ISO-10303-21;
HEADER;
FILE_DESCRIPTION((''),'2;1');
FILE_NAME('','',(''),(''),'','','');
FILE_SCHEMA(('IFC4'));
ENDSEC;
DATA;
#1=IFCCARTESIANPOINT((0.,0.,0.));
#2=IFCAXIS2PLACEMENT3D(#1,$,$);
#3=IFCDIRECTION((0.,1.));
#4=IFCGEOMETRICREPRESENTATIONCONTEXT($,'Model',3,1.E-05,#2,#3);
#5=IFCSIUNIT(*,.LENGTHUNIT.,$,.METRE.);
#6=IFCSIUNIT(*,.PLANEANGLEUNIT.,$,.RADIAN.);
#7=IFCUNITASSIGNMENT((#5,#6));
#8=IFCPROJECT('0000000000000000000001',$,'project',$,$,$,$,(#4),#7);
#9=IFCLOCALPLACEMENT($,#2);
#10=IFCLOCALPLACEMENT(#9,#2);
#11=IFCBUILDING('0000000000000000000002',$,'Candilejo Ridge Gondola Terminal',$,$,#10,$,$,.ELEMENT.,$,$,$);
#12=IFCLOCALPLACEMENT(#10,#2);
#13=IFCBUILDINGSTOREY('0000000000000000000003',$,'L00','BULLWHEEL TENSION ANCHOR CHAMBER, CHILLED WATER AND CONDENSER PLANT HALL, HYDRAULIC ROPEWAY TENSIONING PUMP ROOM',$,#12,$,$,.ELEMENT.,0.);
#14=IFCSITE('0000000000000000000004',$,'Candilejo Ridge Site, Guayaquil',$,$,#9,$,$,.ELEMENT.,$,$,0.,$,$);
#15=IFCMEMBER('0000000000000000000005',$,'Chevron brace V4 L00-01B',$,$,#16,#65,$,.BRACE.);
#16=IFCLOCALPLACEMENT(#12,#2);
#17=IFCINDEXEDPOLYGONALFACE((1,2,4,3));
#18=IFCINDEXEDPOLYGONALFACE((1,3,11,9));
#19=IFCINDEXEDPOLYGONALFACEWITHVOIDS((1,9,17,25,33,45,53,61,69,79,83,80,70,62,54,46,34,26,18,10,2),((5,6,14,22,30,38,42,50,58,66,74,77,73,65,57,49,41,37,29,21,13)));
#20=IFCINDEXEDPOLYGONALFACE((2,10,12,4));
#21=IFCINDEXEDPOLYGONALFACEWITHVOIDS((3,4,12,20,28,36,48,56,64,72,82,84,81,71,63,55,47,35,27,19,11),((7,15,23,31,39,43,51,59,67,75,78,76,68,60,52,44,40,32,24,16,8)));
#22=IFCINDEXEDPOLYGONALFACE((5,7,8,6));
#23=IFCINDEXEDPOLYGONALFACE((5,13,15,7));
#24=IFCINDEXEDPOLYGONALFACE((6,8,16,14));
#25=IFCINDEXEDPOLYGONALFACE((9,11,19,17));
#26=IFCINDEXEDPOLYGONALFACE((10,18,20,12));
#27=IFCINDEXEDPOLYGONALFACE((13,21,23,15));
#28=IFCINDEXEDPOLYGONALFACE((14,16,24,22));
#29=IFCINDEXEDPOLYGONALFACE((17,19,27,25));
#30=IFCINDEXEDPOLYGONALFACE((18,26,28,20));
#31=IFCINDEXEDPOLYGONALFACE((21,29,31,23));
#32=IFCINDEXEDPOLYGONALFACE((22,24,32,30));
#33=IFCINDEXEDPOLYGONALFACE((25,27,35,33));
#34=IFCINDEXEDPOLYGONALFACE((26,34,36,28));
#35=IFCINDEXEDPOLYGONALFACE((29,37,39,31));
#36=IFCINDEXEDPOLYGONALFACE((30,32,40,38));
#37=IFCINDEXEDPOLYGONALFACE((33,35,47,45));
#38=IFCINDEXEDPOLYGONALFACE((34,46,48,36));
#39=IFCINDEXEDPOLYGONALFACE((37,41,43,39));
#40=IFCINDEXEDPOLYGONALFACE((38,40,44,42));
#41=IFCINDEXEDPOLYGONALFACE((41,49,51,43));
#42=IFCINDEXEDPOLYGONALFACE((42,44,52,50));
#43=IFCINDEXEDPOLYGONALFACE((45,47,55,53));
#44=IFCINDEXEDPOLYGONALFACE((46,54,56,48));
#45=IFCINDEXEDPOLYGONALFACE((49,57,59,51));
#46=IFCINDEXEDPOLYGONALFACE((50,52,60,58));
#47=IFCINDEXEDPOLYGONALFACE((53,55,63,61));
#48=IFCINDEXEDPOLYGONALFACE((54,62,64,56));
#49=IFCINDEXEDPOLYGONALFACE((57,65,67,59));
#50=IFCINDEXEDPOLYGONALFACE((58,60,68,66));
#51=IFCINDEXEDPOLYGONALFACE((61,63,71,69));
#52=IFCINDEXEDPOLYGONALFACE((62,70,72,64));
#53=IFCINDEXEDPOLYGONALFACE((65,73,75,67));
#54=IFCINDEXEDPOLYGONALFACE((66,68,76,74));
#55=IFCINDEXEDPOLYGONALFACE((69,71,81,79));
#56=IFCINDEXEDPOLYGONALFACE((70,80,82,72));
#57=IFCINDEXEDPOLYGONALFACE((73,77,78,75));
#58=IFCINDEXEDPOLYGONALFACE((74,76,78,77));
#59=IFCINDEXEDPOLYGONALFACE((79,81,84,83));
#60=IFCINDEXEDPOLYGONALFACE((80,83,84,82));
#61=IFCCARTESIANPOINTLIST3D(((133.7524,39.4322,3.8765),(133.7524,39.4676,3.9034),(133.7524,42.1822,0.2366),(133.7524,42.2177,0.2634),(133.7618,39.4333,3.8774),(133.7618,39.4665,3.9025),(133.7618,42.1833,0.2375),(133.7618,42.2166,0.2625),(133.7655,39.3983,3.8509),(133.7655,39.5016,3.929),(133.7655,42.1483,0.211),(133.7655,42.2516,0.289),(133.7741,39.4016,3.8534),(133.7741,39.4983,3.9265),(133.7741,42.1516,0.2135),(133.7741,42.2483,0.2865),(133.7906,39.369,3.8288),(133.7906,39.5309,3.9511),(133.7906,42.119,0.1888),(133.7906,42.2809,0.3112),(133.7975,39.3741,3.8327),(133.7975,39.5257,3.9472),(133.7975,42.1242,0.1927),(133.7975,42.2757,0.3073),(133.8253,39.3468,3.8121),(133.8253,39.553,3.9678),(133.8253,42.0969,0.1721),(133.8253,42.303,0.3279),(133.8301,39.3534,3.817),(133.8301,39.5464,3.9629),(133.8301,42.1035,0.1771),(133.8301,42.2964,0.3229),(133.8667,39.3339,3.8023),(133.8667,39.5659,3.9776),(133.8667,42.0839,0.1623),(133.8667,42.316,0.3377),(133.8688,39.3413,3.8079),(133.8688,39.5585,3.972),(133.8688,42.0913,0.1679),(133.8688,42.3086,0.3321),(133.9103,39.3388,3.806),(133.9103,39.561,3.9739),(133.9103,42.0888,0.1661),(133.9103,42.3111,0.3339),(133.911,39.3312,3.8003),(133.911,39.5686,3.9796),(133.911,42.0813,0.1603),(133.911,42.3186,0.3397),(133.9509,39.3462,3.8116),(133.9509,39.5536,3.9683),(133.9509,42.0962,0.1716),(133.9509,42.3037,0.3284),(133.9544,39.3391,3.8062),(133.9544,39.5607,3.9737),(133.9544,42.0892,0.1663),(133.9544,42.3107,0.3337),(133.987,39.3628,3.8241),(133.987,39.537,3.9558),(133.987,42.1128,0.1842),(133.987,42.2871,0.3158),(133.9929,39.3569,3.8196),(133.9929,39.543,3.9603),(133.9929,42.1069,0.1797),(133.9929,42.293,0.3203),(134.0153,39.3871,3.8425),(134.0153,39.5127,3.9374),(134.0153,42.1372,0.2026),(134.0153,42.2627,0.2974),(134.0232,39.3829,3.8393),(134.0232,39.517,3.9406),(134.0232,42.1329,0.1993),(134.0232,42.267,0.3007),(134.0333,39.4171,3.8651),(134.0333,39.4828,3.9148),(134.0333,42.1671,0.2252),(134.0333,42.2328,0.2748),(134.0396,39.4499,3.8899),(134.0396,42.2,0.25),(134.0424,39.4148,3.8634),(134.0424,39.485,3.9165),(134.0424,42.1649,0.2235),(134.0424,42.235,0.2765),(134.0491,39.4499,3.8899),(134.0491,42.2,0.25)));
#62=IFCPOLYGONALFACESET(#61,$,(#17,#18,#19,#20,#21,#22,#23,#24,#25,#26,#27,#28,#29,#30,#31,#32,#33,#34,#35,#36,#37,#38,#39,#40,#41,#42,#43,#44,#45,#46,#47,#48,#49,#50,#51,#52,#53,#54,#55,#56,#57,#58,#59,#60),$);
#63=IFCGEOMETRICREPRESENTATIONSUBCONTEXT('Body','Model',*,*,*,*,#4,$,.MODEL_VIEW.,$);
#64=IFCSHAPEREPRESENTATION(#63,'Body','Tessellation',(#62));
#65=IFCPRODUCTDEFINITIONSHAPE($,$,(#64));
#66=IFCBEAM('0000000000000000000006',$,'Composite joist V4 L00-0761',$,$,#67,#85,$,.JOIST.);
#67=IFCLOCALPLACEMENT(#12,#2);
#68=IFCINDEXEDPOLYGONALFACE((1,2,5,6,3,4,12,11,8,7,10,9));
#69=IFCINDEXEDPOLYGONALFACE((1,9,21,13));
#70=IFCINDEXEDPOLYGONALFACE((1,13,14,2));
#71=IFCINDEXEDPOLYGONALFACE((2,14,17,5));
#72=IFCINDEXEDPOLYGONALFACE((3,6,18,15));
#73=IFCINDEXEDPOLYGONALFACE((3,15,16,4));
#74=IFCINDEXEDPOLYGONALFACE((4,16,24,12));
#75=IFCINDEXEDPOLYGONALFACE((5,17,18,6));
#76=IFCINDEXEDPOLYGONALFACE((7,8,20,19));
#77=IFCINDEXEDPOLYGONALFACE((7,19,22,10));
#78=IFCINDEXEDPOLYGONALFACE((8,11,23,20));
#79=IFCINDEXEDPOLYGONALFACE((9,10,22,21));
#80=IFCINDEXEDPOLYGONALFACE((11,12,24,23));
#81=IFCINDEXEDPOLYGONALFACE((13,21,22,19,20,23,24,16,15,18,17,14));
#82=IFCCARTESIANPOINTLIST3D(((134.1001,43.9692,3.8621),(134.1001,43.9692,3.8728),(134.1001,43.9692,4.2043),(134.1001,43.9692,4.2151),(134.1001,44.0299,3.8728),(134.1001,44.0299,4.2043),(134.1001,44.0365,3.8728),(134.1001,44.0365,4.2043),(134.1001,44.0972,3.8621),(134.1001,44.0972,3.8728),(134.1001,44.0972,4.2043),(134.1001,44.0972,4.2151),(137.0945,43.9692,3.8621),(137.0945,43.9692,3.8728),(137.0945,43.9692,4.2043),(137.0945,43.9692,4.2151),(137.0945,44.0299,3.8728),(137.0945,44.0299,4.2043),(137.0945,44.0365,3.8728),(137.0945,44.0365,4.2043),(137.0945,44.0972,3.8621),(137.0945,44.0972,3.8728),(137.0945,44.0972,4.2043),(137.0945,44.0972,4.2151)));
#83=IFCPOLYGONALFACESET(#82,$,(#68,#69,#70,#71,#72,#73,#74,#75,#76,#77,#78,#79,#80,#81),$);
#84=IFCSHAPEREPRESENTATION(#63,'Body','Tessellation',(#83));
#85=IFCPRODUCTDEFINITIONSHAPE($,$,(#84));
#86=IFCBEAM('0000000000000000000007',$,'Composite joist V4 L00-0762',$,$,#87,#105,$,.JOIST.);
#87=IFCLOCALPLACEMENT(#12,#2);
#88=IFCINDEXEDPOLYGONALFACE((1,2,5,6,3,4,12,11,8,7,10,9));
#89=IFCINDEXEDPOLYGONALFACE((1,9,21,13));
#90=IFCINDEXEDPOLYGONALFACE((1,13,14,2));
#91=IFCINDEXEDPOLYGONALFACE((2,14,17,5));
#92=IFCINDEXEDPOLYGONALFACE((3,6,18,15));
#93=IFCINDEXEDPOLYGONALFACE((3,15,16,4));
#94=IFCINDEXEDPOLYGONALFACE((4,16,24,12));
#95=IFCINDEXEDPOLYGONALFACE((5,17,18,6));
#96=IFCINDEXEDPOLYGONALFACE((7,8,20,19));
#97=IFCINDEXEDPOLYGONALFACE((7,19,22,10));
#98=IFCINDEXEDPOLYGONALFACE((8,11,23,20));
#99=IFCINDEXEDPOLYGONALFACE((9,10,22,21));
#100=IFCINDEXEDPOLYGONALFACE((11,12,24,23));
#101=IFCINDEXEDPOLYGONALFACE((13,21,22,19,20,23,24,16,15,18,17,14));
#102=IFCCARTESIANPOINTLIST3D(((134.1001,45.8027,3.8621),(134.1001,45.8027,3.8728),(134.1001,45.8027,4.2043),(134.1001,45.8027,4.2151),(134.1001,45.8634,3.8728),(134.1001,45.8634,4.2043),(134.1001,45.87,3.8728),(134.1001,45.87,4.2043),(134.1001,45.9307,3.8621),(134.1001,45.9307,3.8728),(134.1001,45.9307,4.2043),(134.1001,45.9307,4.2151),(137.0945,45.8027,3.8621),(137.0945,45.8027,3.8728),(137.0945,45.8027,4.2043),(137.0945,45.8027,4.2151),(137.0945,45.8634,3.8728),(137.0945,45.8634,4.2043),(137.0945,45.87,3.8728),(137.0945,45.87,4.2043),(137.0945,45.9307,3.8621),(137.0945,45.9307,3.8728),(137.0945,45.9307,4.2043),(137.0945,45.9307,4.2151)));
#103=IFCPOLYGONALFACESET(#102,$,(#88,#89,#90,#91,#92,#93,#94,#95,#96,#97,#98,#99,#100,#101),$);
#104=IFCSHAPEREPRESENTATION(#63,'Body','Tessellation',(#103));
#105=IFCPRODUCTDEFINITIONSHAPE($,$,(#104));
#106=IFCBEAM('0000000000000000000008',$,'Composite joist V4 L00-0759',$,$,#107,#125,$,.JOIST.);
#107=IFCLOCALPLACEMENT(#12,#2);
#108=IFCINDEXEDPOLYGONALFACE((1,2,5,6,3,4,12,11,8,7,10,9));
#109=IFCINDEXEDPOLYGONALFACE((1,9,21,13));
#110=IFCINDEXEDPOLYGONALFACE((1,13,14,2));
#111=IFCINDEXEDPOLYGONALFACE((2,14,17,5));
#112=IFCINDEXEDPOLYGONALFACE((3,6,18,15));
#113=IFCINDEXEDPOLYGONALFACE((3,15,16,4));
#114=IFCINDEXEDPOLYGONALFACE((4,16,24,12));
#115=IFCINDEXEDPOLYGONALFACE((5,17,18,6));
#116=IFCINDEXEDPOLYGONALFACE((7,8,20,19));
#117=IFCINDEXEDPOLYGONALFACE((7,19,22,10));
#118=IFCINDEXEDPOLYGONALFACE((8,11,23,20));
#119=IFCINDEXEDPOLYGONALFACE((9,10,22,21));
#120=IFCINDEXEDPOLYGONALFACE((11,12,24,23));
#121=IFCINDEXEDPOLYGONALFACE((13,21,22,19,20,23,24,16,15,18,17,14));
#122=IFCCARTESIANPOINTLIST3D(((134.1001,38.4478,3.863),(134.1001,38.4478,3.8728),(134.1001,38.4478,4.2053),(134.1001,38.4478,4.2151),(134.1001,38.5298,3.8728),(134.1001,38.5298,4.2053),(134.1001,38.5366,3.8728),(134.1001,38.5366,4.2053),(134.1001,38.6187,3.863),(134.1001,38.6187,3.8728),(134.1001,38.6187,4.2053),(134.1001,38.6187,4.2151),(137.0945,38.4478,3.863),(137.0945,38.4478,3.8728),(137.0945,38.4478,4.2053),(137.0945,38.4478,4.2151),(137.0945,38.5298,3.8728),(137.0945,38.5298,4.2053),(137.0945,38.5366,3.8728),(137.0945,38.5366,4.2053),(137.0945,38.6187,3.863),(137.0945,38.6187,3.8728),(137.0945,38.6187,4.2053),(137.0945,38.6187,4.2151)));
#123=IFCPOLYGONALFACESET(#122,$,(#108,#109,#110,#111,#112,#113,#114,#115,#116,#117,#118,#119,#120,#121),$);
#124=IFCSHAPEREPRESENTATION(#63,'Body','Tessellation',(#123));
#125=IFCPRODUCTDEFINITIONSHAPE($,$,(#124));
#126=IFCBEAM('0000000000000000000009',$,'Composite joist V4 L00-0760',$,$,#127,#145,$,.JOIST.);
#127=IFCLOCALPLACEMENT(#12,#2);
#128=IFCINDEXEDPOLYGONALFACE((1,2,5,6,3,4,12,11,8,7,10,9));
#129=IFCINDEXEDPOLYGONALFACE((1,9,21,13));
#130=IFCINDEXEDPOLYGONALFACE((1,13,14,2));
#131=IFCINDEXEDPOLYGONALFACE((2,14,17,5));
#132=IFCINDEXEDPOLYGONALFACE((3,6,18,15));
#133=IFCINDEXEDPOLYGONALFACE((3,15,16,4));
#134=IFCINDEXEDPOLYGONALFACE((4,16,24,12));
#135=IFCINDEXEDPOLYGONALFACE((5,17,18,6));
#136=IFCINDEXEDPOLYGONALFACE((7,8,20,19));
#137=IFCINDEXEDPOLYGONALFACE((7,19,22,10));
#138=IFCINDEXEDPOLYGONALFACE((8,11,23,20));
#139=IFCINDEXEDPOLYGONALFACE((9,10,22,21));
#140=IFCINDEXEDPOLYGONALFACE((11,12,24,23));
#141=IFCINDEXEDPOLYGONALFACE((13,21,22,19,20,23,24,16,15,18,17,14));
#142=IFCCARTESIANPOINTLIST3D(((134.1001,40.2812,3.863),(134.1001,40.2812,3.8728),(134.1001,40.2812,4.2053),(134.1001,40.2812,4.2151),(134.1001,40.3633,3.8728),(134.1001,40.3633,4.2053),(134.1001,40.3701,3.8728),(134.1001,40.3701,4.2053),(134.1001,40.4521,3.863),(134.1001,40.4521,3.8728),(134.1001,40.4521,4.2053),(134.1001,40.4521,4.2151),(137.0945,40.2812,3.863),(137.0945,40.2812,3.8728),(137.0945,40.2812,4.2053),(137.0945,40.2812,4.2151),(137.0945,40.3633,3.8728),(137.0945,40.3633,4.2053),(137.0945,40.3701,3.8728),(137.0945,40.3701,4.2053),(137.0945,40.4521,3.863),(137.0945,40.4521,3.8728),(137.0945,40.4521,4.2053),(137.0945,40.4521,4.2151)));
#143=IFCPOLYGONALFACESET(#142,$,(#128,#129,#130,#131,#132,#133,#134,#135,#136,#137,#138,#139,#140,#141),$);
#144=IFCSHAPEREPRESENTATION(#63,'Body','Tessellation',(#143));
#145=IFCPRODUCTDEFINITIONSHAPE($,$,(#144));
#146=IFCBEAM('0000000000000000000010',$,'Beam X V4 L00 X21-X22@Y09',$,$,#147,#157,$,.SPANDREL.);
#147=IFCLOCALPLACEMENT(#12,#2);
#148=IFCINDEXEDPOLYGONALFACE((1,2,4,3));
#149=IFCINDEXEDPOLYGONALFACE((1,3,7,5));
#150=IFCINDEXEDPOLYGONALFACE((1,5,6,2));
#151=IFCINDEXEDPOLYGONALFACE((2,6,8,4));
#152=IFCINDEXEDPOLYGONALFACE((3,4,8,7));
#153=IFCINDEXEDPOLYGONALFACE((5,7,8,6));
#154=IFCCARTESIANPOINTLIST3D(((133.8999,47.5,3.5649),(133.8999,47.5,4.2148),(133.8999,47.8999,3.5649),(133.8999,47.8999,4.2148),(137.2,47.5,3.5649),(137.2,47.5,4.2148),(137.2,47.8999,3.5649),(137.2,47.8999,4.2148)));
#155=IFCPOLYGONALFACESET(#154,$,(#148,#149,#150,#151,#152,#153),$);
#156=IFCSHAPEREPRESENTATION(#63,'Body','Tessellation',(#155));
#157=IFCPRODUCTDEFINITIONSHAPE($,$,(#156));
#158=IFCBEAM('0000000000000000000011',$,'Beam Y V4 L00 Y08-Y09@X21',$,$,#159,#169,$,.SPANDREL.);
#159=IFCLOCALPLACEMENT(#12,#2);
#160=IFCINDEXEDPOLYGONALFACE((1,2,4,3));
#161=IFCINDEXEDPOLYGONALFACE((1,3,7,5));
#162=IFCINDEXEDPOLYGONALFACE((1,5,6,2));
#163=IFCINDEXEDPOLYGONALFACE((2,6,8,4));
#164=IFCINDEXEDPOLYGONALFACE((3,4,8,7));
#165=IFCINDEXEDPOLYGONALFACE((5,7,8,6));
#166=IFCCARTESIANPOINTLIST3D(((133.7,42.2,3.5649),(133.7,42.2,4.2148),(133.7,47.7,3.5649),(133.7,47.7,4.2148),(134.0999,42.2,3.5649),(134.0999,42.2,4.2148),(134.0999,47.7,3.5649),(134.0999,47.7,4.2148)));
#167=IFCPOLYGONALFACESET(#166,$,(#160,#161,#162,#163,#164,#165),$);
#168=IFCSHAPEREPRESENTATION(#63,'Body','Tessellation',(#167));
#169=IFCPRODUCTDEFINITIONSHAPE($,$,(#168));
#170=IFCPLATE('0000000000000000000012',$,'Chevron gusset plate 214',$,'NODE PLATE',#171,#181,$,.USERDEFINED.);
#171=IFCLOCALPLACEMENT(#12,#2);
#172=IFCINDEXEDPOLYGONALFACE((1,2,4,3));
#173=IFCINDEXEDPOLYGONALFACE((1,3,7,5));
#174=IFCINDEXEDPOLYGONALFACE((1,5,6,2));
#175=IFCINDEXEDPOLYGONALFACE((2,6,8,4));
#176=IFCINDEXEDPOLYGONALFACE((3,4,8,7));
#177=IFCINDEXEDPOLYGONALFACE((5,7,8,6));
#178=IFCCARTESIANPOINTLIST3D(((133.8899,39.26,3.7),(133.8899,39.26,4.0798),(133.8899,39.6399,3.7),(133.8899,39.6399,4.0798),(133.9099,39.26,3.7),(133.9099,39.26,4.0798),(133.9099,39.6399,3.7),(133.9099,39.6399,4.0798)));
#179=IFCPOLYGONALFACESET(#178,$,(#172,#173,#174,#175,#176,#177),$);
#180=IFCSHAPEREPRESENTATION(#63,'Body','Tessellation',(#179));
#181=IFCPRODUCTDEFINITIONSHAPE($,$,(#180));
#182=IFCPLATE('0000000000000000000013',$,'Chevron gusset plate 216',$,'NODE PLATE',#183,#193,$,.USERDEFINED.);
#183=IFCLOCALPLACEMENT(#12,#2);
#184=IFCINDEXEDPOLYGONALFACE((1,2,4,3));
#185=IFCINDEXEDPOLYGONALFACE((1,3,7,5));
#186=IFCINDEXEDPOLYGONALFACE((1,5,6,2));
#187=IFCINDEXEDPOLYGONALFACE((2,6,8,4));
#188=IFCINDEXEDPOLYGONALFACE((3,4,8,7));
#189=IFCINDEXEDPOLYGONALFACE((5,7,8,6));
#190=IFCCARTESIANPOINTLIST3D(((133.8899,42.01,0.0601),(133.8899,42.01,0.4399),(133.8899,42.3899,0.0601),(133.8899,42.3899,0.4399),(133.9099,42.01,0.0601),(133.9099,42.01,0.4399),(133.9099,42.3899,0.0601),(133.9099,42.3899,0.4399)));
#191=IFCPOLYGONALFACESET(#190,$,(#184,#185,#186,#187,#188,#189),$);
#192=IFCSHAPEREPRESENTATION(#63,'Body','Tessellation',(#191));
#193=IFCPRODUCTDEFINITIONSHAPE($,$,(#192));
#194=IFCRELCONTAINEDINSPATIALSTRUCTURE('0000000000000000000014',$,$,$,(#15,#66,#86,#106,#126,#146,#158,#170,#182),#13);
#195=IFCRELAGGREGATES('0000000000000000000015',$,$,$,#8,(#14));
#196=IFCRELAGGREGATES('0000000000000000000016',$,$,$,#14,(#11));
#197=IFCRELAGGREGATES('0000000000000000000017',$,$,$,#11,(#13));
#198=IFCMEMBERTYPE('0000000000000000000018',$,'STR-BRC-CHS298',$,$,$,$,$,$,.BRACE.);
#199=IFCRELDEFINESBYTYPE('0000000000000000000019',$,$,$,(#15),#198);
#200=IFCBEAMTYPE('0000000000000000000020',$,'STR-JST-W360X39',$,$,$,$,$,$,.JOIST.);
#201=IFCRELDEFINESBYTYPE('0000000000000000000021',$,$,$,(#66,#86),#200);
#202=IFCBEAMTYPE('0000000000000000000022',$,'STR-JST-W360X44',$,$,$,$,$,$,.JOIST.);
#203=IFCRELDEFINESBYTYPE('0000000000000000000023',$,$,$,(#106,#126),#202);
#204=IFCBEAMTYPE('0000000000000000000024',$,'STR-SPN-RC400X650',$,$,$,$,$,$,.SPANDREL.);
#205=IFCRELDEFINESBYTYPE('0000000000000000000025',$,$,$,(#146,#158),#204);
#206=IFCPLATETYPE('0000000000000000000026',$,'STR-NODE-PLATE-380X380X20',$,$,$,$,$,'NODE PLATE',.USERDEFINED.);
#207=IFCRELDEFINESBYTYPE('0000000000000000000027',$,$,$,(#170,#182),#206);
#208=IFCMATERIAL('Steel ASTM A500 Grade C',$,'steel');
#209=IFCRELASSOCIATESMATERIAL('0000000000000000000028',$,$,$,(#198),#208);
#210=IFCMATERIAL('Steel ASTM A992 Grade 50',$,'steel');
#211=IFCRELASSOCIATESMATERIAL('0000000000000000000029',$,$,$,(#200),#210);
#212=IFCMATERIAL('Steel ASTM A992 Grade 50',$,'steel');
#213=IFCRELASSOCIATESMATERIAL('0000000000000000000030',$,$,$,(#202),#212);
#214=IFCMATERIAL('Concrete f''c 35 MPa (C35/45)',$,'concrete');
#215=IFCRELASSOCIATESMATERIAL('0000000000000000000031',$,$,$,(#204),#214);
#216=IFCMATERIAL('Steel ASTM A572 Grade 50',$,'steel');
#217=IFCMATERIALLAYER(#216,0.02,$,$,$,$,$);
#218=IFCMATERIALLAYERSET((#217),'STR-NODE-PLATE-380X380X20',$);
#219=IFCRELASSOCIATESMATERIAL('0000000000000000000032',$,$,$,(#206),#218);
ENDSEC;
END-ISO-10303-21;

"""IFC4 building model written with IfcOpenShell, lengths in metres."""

from ifc_helpers import new_model, si_unit, direction, frame, origin, origin_2d, place, context, subcontext, project, spatial, rectangle, hollow_circle, i_section, extrude, material, layer, layer_set, material_profile, profile_set, type_object, element, save


model = new_model("IFC4")

# Units and contexts
model_context = context("Model", 3, precision=1e-05, world=origin(), true_north=direction((0.0, 1.0)))
body_context = subcontext(model_context, "Body", "Model", "MODEL_VIEW")
ifc_project = project(units=[si_unit("LENGTHUNIT", "METRE"), si_unit("PLANEANGLEUNIT", "RADIAN")], contexts=[model_context])

# Site, building, storey
site_placement = place(None, origin())
site = spatial("IfcSite", under=ifc_project, at=site_placement, Name="Candilejo Ridge Site, Guayaquil", CompositionType="ELEMENT", RefElevation=0.0)
building_placement = place(site_placement, origin())
building = spatial("IfcBuilding", under=site, at=building_placement, Name="Candilejo Ridge Gondola Terminal", CompositionType="ELEMENT")
storey_placement = place(building_placement, origin())
storey = spatial("IfcBuildingStorey", under=building, at=storey_placement, Name="L00", Description="BULLWHEEL TENSION ANCHOR CHAMBER, CHILLED WATER AND CONDENSER PLANT HALL, HYDRAULIC ROPEWAY TENSIONING PUMP ROOM", CompositionType="ELEMENT", Elevation=0.0)

# Member
ifc_material_1 = material(Name="Steel ASTM A500 Grade C", Category="steel")
ifc_material_profile_1 = material_profile(ifc_material_1, hollow_circle(Radius=0.1492, WallThickness=0.0095, at=origin_2d()))
ifc_profile_set_1 = profile_set([ifc_material_profile_1], Name="Steel ASTM A500 Grade C")
member_type = type_object("IfcMemberType", Name="STR-BRC-CHS298", PredefinedType="BRACE", material=ifc_profile_set_1)
member_placement = place(storey_placement, frame((133.8999, 42.2, 0.25), z_axis=(0.0, -0.602813, 0.797882), x_axis=(1.0, 0.0, 0.0)))
element("IfcMember", 1, at=member_placement, inside=storey, type_object=member_type, Name="Chevron brace V4 L00-01B", PredefinedType="BRACE", context=body_context, shape_type="SweptSolid", body=[
    extrude(hollow_circle(Radius=0.1492, WallThickness=0.0095, at=origin_2d()), origin(), (0.0, 0.0, 1.0), 4.562),
])

# Beams
ifc_material_2 = material(Name="Steel ASTM A992 Grade 50", Category="steel")
ifc_material_profile_2 = material_profile(ifc_material_2, i_section(OverallWidth=0.1279, OverallDepth=0.353, WebThickness=0.0066, FlangeThickness=0.0107, at=origin_2d()))
ifc_profile_set_2 = profile_set([ifc_material_profile_2], Name="Steel ASTM A992 Grade 50")
beam_type_1 = type_object("IfcBeamType", Name="STR-JST-W360X39", PredefinedType="JOIST", material=ifc_profile_set_2)
for number, where, z_axis, x_axis, name in (
    (2, (134.1001, 44.0332, 4.0386), (1.0, 0.0, 0.0), (0.0, 1.0, 0.0), "Composite joist V4 L00-0761"),
    (3, (134.1001, 45.8667, 4.0386), (1.0, 0.0, 0.0), (0.0, 1.0, 0.0), "Composite joist V4 L00-0762"),
):
    element("IfcBeam", number, at=place(storey_placement, frame(where, z_axis=z_axis, x_axis=x_axis)), inside=storey, type_object=beam_type_1, Name=name, PredefinedType="JOIST", context=body_context, shape_type="SweptSolid", body=[
        extrude(i_section(OverallWidth=0.1279, OverallDepth=0.353, WebThickness=0.0066, FlangeThickness=0.0107, at=origin_2d()), origin(), (0.0, 0.0, 1.0), 2.9944),
    ])
ifc_material_3 = material(Name="Steel ASTM A992 Grade 50", Category="steel")
ifc_material_profile_3 = material_profile(ifc_material_3, i_section(OverallWidth=0.1709, OverallDepth=0.3521, WebThickness=0.0068, FlangeThickness=0.0098, at=origin_2d()))
ifc_profile_set_3 = profile_set([ifc_material_profile_3], Name="Steel ASTM A992 Grade 50")
beam_type_2 = type_object("IfcBeamType", Name="STR-JST-W360X44", PredefinedType="JOIST", material=ifc_profile_set_3)
for number, where, z_axis, x_axis, name in (
    (4, (134.1001, 38.5332, 4.0391), (1.0, 0.0, 0.0), (0.0, 1.0, 0.0), "Composite joist V4 L00-0759"),
    (5, (134.1001, 40.3667, 4.0391), (1.0, 0.0, 0.0), (0.0, 1.0, 0.0), "Composite joist V4 L00-0760"),
):
    element("IfcBeam", number, at=place(storey_placement, frame(where, z_axis=z_axis, x_axis=x_axis)), inside=storey, type_object=beam_type_2, Name=name, PredefinedType="JOIST", context=body_context, shape_type="SweptSolid", body=[
        extrude(i_section(OverallWidth=0.1709, OverallDepth=0.3521, WebThickness=0.0068, FlangeThickness=0.0098, at=origin_2d()), origin(), (0.0, 0.0, 1.0), 2.9944),
    ])
ifc_material_4 = material(Name="Concrete f'c 35 MPa (C35/45)", Category="concrete")
ifc_material_profile_4 = material_profile(ifc_material_4, rectangle(XDim=0.3999, YDim=0.6499, at=origin_2d()))
ifc_profile_set_4 = profile_set([ifc_material_profile_4], Name="Concrete f'c 35 MPa (C35/45)")
beam_type_3 = type_object("IfcBeamType", Name="STR-SPN-RC400X650", PredefinedType="SPANDREL", material=ifc_profile_set_4)
beam_1_placement = place(storey_placement, frame((133.8999, 47.7, 3.8899), z_axis=(1.0, 0.0, 0.0), x_axis=(0.0, 1.0, 0.0)))
element("IfcBeam", 6, at=beam_1_placement, inside=storey, type_object=beam_type_3, Name="Beam X V4 L00 X21-X22@Y09", PredefinedType="SPANDREL", context=body_context, shape_type="SweptSolid", body=[
    extrude(rectangle(XDim=0.3999, YDim=0.6499, at=origin_2d()), origin(), (0.0, 0.0, 1.0), 3.3),
])
beam_2_placement = place(storey_placement, frame((133.8999, 42.2, 3.8899), z_axis=(0.0, 1.0, 0.0), x_axis=(-1.0, 0.0, 0.0)))
element("IfcBeam", 7, at=beam_2_placement, inside=storey, type_object=beam_type_3, Name="Beam Y V4 L00 Y08-Y09@X21", PredefinedType="SPANDREL", context=body_context, shape_type="SweptSolid", body=[
    extrude(rectangle(XDim=0.3999, YDim=0.6499, at=origin_2d()), origin(), (0.0, 0.0, 1.0), 5.5),
])

# Plates
ifc_material_5 = material(Name="Steel ASTM A572 Grade 50", Category="steel")
ifc_layer_1 = layer(ifc_material_5, 0.02)
ifc_layer_set_1 = layer_set([ifc_layer_1], Name="STR-NODE-PLATE-380X380X20")
plate_type = type_object("IfcPlateType", Name="STR-NODE-PLATE-380X380X20", ElementType="NODE PLATE", PredefinedType="USERDEFINED", material=ifc_layer_set_1)
for number, where, z_axis, x_axis, name in (
    (8, (133.8999, 39.45, 3.7), (0.0, 0.0, 1.0), (1.0, 0.0, 0.0), "Chevron gusset plate 214"),
    (9, (133.8999, 42.2, 0.0601), (0.0, 0.0, 1.0), (1.0, 0.0, 0.0), "Chevron gusset plate 216"),
):
    element("IfcPlate", number, at=place(storey_placement, frame(where, z_axis=z_axis, x_axis=x_axis)), inside=storey, type_object=plate_type, Name=name, ObjectType="NODE PLATE", PredefinedType="USERDEFINED", context=body_context, shape_type="SweptSolid", body=[
        extrude(rectangle(XDim=0.02, YDim=0.3799, at=origin_2d()), origin(), (0.0, 0.0, 1.0), 0.3799),
    ])

save(model, "model.ifc")
